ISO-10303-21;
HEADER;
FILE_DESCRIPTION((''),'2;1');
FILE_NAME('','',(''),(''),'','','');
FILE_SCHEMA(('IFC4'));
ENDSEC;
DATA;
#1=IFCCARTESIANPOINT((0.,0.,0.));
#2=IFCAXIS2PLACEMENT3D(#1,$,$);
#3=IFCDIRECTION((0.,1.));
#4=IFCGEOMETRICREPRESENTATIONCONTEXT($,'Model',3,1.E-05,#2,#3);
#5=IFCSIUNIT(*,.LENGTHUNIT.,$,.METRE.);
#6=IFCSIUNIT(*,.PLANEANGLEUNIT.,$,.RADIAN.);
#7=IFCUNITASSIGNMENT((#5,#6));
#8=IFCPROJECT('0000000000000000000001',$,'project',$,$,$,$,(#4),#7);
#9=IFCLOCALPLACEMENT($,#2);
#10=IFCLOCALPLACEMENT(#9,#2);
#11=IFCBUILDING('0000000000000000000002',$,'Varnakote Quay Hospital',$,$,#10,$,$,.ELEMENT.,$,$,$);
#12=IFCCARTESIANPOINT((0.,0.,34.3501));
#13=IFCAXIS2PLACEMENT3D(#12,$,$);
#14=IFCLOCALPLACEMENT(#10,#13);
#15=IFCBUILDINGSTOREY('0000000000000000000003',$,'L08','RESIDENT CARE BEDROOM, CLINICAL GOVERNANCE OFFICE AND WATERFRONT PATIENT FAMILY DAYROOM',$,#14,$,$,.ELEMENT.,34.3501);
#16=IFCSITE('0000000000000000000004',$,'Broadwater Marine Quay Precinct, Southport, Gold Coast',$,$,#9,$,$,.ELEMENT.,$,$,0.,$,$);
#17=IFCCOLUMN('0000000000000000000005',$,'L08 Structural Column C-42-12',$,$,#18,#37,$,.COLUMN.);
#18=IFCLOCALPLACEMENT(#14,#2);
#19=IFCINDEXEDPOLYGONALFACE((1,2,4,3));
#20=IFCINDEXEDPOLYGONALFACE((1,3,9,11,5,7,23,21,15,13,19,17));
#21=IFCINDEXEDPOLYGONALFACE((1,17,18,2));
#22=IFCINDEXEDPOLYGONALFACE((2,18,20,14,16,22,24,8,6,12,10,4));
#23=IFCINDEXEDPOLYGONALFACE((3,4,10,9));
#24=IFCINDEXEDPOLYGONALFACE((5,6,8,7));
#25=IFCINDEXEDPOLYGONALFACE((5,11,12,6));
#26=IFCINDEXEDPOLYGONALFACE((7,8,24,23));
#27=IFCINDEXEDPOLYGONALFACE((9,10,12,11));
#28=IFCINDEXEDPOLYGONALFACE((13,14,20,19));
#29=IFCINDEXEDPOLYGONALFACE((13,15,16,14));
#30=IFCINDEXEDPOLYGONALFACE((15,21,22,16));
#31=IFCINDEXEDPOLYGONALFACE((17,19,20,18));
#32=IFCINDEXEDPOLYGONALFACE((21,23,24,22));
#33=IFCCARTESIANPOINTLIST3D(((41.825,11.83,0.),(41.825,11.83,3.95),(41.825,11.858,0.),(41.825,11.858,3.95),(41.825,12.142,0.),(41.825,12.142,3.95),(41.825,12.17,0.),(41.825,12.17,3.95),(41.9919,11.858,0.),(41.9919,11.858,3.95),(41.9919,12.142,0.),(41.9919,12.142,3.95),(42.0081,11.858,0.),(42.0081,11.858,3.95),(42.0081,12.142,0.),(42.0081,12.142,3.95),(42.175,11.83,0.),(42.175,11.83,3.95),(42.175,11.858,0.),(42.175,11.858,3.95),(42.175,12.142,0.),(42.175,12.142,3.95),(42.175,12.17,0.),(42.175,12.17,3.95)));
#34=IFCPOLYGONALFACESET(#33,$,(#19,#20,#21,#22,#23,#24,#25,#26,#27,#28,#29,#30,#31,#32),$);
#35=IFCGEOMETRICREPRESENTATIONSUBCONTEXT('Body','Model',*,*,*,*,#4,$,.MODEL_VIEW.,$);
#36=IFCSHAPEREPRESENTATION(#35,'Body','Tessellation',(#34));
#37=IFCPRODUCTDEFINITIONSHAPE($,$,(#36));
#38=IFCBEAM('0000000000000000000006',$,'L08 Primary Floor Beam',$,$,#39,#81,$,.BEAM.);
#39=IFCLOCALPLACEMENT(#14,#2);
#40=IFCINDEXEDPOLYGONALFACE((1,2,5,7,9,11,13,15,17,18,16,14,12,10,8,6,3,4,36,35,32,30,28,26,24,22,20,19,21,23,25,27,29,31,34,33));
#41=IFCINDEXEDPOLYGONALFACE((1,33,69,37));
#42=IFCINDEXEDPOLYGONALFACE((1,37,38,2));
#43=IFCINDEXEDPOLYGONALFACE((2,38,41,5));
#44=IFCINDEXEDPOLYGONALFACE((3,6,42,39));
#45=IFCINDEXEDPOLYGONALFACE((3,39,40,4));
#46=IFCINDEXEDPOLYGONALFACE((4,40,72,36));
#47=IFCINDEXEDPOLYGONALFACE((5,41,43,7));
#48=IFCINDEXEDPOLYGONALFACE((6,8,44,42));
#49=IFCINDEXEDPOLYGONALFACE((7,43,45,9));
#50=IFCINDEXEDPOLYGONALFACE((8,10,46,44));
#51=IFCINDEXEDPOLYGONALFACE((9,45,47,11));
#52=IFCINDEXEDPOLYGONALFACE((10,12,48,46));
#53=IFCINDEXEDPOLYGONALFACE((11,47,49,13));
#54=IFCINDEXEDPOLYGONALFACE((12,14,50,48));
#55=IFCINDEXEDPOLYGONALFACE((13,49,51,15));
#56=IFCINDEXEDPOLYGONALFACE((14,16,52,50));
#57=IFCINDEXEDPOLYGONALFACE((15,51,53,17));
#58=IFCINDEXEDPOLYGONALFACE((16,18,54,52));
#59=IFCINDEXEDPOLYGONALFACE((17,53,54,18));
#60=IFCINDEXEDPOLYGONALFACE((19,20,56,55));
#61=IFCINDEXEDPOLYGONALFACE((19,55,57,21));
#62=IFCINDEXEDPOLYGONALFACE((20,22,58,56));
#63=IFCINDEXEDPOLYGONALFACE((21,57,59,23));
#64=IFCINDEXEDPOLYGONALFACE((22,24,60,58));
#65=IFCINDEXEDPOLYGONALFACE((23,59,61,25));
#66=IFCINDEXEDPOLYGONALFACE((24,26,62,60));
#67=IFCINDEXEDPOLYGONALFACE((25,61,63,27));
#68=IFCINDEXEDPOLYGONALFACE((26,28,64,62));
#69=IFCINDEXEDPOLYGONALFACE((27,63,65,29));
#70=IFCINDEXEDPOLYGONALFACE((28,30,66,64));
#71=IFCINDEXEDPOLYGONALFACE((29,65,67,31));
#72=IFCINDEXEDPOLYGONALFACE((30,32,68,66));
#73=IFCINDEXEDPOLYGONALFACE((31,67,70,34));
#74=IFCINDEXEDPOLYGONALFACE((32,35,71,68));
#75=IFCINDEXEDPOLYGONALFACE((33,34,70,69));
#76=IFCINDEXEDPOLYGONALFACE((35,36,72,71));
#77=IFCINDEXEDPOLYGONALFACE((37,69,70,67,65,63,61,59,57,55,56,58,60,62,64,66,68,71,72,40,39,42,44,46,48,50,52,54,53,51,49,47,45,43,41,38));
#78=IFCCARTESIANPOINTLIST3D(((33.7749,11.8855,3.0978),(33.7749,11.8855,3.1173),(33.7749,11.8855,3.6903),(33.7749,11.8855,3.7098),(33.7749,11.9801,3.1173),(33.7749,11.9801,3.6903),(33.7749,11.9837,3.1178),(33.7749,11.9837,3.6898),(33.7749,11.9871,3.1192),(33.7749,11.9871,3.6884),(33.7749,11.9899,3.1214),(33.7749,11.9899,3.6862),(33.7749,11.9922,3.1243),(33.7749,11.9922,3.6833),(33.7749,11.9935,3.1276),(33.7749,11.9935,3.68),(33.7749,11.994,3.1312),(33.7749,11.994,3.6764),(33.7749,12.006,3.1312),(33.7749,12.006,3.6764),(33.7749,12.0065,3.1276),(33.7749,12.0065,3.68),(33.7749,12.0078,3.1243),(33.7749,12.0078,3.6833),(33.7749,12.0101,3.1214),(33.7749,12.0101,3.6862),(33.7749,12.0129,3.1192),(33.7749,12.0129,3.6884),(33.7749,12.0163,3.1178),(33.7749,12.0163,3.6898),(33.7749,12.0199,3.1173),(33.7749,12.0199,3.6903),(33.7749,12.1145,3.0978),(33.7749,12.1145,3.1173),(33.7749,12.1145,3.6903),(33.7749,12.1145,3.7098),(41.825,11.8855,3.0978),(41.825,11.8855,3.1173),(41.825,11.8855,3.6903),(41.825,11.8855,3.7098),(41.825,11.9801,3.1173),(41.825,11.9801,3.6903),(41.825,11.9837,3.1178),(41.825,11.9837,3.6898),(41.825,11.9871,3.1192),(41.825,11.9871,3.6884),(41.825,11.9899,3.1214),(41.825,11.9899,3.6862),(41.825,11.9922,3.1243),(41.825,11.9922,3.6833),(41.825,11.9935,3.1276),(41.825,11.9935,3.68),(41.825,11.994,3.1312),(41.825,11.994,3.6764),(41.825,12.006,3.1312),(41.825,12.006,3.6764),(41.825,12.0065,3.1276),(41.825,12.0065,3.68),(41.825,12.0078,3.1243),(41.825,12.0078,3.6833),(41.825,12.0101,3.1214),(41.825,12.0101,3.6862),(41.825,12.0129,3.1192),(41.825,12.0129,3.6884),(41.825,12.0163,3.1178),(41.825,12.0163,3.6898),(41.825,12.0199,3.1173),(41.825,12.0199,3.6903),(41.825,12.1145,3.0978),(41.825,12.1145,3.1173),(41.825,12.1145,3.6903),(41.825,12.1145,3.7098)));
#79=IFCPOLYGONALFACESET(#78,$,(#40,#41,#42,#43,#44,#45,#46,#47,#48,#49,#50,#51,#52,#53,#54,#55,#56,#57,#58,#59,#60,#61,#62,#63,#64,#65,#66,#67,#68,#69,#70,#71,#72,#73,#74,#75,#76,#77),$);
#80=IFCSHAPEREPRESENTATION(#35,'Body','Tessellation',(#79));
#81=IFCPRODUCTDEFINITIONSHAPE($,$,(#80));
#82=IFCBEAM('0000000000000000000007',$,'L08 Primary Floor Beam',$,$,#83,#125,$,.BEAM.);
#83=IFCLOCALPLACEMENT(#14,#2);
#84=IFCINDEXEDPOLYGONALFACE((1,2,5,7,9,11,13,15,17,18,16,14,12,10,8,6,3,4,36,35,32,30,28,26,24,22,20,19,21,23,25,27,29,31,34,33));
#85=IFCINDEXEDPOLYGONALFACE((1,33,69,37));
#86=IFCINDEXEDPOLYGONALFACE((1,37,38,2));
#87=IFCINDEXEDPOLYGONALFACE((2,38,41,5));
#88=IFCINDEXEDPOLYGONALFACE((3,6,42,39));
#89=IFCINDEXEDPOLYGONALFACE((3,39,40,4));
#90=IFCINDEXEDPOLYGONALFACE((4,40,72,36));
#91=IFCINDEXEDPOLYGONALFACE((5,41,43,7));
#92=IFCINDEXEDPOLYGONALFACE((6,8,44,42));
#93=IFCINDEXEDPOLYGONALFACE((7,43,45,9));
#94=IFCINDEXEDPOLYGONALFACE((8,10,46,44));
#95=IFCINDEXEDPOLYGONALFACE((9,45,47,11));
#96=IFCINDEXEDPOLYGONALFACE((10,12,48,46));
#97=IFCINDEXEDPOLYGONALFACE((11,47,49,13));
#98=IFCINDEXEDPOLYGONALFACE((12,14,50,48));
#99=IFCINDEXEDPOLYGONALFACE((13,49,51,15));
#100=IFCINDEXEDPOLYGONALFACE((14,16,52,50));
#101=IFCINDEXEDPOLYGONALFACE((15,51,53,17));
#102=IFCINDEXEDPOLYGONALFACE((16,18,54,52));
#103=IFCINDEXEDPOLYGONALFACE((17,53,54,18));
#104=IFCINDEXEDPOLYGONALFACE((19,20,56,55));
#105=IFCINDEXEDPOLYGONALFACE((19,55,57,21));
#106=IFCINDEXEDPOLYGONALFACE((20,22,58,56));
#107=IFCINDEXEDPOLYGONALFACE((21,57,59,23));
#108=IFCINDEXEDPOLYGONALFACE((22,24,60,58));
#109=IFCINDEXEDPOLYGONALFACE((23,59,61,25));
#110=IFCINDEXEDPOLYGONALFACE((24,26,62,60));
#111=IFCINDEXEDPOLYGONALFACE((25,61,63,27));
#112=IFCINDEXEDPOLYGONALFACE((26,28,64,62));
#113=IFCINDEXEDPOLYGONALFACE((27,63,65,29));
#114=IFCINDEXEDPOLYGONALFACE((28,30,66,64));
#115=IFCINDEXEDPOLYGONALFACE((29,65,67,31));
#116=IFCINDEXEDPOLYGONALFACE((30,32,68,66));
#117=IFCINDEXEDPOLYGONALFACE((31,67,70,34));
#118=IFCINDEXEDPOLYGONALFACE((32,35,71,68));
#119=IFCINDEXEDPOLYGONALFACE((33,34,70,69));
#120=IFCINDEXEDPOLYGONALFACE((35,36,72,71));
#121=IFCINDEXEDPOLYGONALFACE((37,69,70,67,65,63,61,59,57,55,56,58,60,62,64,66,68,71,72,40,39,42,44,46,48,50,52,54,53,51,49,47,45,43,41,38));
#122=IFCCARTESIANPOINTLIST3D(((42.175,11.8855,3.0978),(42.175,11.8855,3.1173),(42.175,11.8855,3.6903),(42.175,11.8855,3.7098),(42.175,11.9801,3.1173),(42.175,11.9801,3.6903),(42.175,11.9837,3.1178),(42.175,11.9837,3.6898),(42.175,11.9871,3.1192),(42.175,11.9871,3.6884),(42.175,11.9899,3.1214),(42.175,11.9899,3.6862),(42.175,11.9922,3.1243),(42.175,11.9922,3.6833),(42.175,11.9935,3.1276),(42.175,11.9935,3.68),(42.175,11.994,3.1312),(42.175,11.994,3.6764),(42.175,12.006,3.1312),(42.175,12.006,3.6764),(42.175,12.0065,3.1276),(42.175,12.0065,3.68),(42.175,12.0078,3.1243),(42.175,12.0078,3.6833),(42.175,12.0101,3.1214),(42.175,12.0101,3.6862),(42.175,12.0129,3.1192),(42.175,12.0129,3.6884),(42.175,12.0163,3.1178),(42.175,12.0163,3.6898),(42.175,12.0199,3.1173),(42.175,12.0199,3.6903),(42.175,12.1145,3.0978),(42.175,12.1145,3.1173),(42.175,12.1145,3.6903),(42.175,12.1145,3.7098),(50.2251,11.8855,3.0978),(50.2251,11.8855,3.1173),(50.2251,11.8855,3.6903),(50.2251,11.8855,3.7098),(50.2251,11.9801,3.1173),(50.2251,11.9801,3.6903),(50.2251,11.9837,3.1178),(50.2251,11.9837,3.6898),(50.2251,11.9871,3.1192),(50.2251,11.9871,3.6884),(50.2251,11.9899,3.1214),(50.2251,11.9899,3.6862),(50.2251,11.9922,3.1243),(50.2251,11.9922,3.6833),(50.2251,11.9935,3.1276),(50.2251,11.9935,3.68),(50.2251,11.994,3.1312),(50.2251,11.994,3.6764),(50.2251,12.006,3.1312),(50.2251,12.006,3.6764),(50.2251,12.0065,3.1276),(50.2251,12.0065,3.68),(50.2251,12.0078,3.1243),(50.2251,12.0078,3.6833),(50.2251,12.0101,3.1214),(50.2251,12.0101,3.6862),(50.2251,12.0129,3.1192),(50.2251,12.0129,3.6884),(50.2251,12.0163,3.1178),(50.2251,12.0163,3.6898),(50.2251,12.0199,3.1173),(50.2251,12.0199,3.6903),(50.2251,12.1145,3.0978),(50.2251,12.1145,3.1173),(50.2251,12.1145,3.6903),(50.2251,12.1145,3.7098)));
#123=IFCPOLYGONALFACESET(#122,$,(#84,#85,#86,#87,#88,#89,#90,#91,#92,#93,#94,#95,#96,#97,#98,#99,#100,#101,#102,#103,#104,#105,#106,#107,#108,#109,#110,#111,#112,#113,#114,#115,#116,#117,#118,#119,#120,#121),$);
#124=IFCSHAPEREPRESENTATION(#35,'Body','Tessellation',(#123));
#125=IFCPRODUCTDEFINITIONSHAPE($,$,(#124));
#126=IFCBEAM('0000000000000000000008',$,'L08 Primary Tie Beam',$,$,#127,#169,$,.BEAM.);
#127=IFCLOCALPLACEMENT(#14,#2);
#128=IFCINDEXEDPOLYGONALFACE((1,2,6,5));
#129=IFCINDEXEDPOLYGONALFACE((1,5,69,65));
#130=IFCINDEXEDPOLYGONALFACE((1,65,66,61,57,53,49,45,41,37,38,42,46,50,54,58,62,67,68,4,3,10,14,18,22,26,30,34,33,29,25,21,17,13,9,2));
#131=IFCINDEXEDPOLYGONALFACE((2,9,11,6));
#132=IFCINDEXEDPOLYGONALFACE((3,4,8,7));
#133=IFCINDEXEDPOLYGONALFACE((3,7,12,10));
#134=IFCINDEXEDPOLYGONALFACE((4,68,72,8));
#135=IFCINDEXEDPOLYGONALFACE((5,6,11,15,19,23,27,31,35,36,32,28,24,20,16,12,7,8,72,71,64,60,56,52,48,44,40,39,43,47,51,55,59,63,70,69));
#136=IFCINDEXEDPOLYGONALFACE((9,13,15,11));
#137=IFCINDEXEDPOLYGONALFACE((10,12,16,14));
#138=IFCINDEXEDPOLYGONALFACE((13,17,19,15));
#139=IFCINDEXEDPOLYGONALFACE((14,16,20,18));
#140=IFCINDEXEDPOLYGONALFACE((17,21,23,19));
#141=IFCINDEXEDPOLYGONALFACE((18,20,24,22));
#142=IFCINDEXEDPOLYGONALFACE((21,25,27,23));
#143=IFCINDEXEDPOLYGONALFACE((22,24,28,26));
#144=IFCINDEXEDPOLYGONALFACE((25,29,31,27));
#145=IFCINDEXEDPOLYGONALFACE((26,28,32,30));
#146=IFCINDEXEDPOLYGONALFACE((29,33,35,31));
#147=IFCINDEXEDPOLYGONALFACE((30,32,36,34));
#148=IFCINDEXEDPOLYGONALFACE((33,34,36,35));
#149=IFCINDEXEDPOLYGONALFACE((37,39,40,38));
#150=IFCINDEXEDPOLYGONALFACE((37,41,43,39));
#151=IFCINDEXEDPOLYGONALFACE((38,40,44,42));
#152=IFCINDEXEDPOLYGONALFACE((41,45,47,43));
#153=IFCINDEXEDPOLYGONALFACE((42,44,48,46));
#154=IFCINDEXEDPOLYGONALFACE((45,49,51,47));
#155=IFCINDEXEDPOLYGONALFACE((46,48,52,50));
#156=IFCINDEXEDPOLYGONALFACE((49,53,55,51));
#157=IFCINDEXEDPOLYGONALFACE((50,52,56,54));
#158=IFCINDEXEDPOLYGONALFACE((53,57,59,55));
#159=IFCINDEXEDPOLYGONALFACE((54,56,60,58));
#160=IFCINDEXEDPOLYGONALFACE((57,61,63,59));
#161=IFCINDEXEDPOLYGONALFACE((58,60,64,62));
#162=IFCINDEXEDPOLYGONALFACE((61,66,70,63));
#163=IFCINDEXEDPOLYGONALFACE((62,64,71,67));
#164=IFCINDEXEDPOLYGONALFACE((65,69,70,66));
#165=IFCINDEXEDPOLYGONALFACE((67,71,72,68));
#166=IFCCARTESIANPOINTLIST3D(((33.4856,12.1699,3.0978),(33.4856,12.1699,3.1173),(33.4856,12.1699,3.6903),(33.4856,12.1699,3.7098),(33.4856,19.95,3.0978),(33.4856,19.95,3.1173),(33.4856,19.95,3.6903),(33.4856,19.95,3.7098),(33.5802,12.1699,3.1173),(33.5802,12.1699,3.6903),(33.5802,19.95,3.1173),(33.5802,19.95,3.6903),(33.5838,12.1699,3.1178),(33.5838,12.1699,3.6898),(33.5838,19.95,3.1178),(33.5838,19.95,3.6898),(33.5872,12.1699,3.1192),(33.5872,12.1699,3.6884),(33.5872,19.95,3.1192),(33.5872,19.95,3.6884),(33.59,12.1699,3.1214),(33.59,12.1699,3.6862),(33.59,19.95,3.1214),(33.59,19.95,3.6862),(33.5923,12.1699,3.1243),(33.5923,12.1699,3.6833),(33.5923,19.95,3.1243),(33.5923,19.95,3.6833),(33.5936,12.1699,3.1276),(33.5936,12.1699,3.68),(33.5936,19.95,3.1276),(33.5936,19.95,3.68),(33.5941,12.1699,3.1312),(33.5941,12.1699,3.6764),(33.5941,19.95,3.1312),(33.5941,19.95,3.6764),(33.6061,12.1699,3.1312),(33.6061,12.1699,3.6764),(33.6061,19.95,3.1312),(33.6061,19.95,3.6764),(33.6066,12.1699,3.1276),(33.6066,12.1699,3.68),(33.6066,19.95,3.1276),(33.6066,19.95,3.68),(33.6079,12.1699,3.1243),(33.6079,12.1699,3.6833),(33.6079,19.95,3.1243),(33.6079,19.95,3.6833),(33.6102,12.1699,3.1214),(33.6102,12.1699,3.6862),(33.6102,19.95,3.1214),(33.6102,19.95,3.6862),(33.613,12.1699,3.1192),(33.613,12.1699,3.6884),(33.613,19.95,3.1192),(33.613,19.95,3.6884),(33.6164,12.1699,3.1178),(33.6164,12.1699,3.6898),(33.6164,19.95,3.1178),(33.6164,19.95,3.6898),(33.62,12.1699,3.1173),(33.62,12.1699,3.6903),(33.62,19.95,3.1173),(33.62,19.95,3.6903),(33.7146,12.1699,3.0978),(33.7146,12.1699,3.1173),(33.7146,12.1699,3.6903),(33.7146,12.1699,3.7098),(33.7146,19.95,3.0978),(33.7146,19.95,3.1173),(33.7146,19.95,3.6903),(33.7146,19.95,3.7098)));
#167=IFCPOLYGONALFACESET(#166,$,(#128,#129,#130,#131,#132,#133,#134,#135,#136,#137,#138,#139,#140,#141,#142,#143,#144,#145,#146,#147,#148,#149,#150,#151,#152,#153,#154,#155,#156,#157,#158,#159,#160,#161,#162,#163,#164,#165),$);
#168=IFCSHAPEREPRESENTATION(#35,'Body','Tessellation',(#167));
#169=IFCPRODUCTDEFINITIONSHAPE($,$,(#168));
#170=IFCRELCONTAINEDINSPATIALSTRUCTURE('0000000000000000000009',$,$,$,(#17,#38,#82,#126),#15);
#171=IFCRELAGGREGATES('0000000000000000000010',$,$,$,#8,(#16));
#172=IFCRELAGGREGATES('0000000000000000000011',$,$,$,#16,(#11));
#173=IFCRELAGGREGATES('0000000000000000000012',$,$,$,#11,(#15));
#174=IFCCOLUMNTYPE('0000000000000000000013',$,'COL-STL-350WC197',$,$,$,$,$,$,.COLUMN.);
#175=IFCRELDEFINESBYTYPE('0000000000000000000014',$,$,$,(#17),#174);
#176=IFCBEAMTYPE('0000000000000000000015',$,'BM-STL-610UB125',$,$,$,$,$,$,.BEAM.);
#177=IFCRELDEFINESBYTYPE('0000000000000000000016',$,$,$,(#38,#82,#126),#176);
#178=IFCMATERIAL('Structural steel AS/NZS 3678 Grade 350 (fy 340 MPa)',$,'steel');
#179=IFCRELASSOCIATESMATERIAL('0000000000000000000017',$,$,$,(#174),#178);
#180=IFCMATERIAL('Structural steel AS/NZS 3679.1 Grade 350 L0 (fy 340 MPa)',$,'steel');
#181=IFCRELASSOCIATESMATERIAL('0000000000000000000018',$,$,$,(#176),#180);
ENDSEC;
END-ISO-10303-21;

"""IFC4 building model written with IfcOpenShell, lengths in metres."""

from ifc_helpers import new_model, si_unit, direction, frame, origin, origin_2d, place, context, subcontext, project, spatial, i_section, extrude, material, material_profile, profile_set, type_object, element, save


model = new_model("IFC4")

# Units and contexts
model_context = context("Model", 3, precision=1e-05, world=origin(), true_north=direction((0.0, 1.0)))
body_context = subcontext(model_context, "Body", "Model", "MODEL_VIEW")
ifc_project = project(units=[si_unit("LENGTHUNIT", "METRE"), si_unit("PLANEANGLEUNIT", "RADIAN")], contexts=[model_context])

# Site, building, storey
site_placement = place(None, origin())
site = spatial("IfcSite", under=ifc_project, at=site_placement, Name="Broadwater Marine Quay Precinct, Southport, Gold Coast", CompositionType="ELEMENT", RefElevation=0.0)
building_placement = place(site_placement, origin())
building = spatial("IfcBuilding", under=site, at=building_placement, Name="Varnakote Quay Hospital", CompositionType="ELEMENT")
storey_placement = place(building_placement, frame((0.0, 0.0, 34.3501)))
storey = spatial("IfcBuildingStorey", under=building, at=storey_placement, Name="L08", Description="RESIDENT CARE BEDROOM, CLINICAL GOVERNANCE OFFICE AND WATERFRONT PATIENT FAMILY DAYROOM", CompositionType="ELEMENT", Elevation=34.3501)

# Column
ifc_material_1 = material(Name="Structural steel AS/NZS 3678 Grade 350 (fy 340 MPa)", Category="steel")
ifc_material_profile_1 = material_profile(ifc_material_1, i_section(OverallWidth=0.3501, OverallDepth=0.3401, WebThickness=0.0161, FlangeThickness=0.0281, at=origin_2d()), Name="350WC197")
ifc_profile_set_1 = profile_set([ifc_material_profile_1], Name="Structural steel AS/NZS 3678 Grade 350 (fy 340 MPa)")
column_type = type_object("IfcColumnType", Name="COL-STL-350WC197", PredefinedType="COLUMN", material=ifc_profile_set_1)
column_placement = place(storey_placement, frame((42.0, 12.0, 0.0), z_axis=(0.0, 0.0, 1.0), x_axis=(1.0, 0.0, 0.0)))
element("IfcColumn", 1, at=column_placement, inside=storey, type_object=column_type, Name="L08 Structural Column C-42-12", PredefinedType="COLUMN", context=body_context, shape_type="SweptSolid", body=[
    extrude(i_section(OverallWidth=0.3501, OverallDepth=0.3401, WebThickness=0.0161, FlangeThickness=0.0281, at=origin_2d()), origin(), (0.0, 0.0, 1.0), 3.95),
])

# Beams
ifc_material_2 = material(Name="Structural steel AS/NZS 3679.1 Grade 350 L0 (fy 340 MPa)", Category="steel")
ifc_material_profile_2 = material_profile(ifc_material_2, i_section(OverallWidth=0.229, OverallDepth=0.6121, WebThickness=0.012, FlangeThickness=0.0195, FilletRadius=0.0139, at=origin_2d()), Name="610UB125")
ifc_profile_set_2 = profile_set([ifc_material_profile_2], Name="Structural steel AS/NZS 3679.1 Grade 350 L0 (fy 340 MPa)")
beam_type_1 = type_object("IfcBeamType", Name="BM-STL-610UB125", PredefinedType="BEAM", material=ifc_profile_set_2)
for number, where, z_axis, x_axis, name in (
    (2, (33.7749, 12.0, 3.4038), (1.0, 0.0, 0.0), (0.0, 1.0, 0.0), "L08 Primary Floor Beam"),
    (3, (42.175, 12.0, 3.4038), (1.0, 0.0, 0.0), (0.0, 1.0, 0.0), "L08 Primary Floor Beam"),
):
    element("IfcBeam", number, at=place(storey_placement, frame(where, z_axis=z_axis, x_axis=x_axis)), inside=storey, type_object=beam_type_1, Name=name, PredefinedType="BEAM", context=body_context, shape_type="SweptSolid", body=[
        extrude(i_section(OverallWidth=0.229, OverallDepth=0.6121, WebThickness=0.012, FlangeThickness=0.0195, FilletRadius=0.0139, at=origin_2d()), origin(), (0.0, 0.0, 1.0), 8.05),
    ])
beam_1_placement = place(storey_placement, frame((33.6001, 12.1699, 3.4038), z_axis=(0.0, 1.0, 0.0), x_axis=(-1.0, 0.0, 0.0)))
element("IfcBeam", 4, at=beam_1_placement, inside=storey, type_object=beam_type_1, Name="L08 Primary Tie Beam", PredefinedType="BEAM", context=body_context, shape_type="SweptSolid", body=[
    extrude(i_section(OverallWidth=0.229, OverallDepth=0.6121, WebThickness=0.012, FlangeThickness=0.0195, FilletRadius=0.0139, at=origin_2d()), origin(), (0.0, 0.0, 1.0), 7.78),
])

save(model, "model.ifc")
